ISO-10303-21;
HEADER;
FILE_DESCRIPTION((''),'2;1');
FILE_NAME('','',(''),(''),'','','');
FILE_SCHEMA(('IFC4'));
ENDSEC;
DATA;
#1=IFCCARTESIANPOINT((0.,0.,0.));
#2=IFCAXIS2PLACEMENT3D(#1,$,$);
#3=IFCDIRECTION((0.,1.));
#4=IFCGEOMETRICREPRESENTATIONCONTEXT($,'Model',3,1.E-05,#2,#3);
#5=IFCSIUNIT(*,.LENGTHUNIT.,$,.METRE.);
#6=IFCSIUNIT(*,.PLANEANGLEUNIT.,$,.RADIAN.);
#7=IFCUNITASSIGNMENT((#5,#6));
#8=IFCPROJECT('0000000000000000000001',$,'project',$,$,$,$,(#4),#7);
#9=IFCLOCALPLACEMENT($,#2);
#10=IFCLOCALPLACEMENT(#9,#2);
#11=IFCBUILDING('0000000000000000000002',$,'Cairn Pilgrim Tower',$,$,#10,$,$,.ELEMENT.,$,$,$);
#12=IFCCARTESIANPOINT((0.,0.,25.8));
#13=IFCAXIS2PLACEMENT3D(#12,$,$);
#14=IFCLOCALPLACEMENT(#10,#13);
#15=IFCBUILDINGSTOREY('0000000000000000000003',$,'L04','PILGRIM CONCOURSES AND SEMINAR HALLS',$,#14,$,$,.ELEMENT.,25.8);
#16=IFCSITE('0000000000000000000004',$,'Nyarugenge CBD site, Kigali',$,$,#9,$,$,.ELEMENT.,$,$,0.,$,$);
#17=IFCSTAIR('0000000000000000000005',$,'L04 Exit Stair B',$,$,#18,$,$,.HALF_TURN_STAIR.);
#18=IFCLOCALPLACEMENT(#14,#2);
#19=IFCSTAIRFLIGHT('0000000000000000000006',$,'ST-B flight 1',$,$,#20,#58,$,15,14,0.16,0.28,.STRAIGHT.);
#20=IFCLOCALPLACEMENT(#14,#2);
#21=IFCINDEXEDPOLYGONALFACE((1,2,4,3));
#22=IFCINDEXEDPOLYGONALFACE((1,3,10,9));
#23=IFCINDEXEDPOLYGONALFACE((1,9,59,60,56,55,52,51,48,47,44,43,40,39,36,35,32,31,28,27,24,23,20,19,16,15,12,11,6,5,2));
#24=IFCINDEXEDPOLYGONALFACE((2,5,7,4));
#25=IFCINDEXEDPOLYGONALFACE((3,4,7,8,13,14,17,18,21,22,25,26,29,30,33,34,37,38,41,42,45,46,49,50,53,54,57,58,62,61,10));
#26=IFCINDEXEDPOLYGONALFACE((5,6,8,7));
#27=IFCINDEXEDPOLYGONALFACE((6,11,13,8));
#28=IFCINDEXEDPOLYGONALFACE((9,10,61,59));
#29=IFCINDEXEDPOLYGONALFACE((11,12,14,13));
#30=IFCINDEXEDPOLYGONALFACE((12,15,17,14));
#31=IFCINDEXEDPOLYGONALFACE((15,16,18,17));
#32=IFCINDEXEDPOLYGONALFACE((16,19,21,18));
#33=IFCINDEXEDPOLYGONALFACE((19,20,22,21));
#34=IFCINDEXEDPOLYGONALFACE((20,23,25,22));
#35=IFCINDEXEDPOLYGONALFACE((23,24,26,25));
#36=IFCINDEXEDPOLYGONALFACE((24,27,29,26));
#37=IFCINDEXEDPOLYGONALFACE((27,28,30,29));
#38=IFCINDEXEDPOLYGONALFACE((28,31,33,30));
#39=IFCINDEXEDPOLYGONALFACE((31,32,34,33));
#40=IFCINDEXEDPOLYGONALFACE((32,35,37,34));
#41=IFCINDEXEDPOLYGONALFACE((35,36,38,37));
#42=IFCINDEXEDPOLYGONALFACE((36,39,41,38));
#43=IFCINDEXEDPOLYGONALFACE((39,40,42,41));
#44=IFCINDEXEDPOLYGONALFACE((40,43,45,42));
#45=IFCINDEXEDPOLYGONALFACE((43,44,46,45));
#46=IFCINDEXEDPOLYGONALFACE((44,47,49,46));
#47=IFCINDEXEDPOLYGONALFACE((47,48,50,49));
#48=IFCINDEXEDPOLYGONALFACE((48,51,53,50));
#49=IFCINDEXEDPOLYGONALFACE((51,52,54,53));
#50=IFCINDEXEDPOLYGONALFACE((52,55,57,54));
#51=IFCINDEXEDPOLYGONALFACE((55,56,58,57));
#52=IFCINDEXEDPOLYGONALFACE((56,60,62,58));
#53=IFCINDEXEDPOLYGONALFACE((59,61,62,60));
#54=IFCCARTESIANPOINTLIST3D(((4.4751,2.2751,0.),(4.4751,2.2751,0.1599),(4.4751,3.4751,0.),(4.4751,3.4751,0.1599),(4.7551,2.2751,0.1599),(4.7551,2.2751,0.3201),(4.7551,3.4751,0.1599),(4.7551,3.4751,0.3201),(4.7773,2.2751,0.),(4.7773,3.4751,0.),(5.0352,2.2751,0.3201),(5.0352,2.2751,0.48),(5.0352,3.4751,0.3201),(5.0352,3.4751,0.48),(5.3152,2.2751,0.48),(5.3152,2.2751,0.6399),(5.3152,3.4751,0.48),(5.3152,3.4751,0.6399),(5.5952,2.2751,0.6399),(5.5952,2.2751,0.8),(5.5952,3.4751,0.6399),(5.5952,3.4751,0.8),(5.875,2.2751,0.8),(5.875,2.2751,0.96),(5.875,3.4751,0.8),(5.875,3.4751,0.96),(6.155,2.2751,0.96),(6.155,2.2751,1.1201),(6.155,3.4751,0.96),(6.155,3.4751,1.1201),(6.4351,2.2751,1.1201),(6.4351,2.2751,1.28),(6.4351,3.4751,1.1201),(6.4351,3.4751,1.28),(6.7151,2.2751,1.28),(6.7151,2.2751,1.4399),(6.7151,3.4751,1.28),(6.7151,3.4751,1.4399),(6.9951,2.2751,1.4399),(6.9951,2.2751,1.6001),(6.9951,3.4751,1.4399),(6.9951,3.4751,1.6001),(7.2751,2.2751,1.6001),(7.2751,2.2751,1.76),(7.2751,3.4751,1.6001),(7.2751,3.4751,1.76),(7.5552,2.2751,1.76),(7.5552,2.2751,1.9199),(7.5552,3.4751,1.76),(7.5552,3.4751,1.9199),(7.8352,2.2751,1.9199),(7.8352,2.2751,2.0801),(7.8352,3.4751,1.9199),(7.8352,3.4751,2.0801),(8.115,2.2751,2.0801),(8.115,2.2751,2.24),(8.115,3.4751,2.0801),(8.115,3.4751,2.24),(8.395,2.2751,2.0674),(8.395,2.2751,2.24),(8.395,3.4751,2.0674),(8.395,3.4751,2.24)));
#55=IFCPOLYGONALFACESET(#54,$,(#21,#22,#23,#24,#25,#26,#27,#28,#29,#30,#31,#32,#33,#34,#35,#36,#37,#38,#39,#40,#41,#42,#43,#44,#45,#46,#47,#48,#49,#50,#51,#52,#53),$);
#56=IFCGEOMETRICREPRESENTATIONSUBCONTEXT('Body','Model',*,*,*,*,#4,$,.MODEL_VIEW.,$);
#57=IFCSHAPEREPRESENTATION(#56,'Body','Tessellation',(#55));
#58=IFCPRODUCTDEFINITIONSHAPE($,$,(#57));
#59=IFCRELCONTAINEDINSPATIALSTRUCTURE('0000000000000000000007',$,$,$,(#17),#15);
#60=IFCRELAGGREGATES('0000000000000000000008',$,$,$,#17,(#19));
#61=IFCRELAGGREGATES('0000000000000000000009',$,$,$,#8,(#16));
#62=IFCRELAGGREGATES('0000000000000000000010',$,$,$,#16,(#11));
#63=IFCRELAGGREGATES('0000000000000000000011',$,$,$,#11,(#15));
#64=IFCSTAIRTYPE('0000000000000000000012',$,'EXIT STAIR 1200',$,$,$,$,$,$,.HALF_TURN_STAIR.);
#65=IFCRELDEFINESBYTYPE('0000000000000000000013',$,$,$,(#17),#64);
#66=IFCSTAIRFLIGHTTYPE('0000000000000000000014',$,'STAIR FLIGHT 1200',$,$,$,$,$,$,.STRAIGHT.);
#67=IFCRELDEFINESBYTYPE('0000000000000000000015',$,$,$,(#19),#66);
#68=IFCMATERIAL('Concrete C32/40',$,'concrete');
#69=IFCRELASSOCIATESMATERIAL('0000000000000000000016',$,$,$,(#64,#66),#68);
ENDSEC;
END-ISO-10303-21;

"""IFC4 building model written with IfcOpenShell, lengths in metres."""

from ifc_helpers import new_model, si_unit, direction, frame, origin, place, context, subcontext, project, spatial, polyline, outline, extrude, material, type_object, element, aggregate, save


model = new_model("IFC4")

# Units and contexts
model_context = context("Model", 3, precision=1e-05, world=origin(), true_north=direction((0.0, 1.0)))
body_context = subcontext(model_context, "Body", "Model", "MODEL_VIEW")
ifc_project = project(units=[si_unit("LENGTHUNIT", "METRE"), si_unit("PLANEANGLEUNIT", "RADIAN")], contexts=[model_context])

# Site, building, storey
site_placement = place(None, origin())
site = spatial("IfcSite", under=ifc_project, at=site_placement, Name="Nyarugenge CBD site, Kigali", CompositionType="ELEMENT", RefElevation=0.0)
building_placement = place(site_placement, origin())
building = spatial("IfcBuilding", under=site, at=building_placement, Name="Cairn Pilgrim Tower", CompositionType="ELEMENT")
storey_placement = place(building_placement, frame((0.0, 0.0, 25.8)))
storey = spatial("IfcBuildingStorey", under=building, at=storey_placement, Name="L04", Description="PILGRIM CONCOURSES AND SEMINAR HALLS", CompositionType="ELEMENT", Elevation=25.8)

# Stair
ifc_material_1 = material(Name="Concrete C32/40", Category="concrete")
stair_type = type_object("IfcStairType", Name="EXIT STAIR 1200", PredefinedType="HALF_TURN_STAIR", material=ifc_material_1)
stair_1_placement = place(storey_placement, origin())
stair_1 = element("IfcStair", 1, at=stair_1_placement, inside=storey, type_object=stair_type, Name="L04 Exit Stair B", PredefinedType="HALF_TURN_STAIR")

# Stair flight
stair_flight_type = type_object("IfcStairFlightType", Name="STAIR FLIGHT 1200", PredefinedType="STRAIGHT", material=ifc_material_1)
stair_flight_placement = place(storey_placement, frame((4.4751, 2.875, 0.0), z_axis=(0.0, 0.0, 1.0), x_axis=(1.0, 0.0, 0.0)))
stair_flight = element("IfcStairFlight", 2, at=stair_flight_placement, type_object=stair_flight_type, Name="ST-B flight 1", NumberOfRisers=15, NumberOfTreads=14, PredefinedType="STRAIGHT", RiserHeight=0.16, TreadLength=0.28, context=body_context, shape_type="SweptSolid", body=[
    extrude(outline(polyline([(0.0, 0.0), (0.0, 0.1599), (0.28, 0.1599), (0.28, 0.3201), (0.5601, 0.3201), (0.5601, 0.48), (0.8401, 0.48), (0.8401, 0.6399), (1.1201, 0.6399), (1.1201, 0.8), (1.3999, 0.8), (1.3999, 0.96), (1.6799, 0.96), (1.6799, 1.1201), (1.96, 1.1201), (1.96, 1.28), (2.24, 1.28), (2.24, 1.4399), (2.52, 1.4399), (2.52, 1.6001), (2.8, 1.6001), (2.8, 1.76), (3.0801, 1.76), (3.0801, 1.9199), (3.3601, 1.9199), (3.3601, 2.0801), (3.6399, 2.0801), (3.6399, 2.24), (3.9199, 2.24), (3.9199, 2.3999), (3.9199, 2.0674), (0.3022, 0.0), (0.0, 0.0)])), frame((0.0, 0.6001, 0.0), z_axis=(0.0, -1.0, 0.0), x_axis=(1.0, 0.0, 0.0)), (0.0, 0.0, 1.0), 1.2),
])
aggregate(stair_1, [stair_flight])

save(model, "model.ifc")
